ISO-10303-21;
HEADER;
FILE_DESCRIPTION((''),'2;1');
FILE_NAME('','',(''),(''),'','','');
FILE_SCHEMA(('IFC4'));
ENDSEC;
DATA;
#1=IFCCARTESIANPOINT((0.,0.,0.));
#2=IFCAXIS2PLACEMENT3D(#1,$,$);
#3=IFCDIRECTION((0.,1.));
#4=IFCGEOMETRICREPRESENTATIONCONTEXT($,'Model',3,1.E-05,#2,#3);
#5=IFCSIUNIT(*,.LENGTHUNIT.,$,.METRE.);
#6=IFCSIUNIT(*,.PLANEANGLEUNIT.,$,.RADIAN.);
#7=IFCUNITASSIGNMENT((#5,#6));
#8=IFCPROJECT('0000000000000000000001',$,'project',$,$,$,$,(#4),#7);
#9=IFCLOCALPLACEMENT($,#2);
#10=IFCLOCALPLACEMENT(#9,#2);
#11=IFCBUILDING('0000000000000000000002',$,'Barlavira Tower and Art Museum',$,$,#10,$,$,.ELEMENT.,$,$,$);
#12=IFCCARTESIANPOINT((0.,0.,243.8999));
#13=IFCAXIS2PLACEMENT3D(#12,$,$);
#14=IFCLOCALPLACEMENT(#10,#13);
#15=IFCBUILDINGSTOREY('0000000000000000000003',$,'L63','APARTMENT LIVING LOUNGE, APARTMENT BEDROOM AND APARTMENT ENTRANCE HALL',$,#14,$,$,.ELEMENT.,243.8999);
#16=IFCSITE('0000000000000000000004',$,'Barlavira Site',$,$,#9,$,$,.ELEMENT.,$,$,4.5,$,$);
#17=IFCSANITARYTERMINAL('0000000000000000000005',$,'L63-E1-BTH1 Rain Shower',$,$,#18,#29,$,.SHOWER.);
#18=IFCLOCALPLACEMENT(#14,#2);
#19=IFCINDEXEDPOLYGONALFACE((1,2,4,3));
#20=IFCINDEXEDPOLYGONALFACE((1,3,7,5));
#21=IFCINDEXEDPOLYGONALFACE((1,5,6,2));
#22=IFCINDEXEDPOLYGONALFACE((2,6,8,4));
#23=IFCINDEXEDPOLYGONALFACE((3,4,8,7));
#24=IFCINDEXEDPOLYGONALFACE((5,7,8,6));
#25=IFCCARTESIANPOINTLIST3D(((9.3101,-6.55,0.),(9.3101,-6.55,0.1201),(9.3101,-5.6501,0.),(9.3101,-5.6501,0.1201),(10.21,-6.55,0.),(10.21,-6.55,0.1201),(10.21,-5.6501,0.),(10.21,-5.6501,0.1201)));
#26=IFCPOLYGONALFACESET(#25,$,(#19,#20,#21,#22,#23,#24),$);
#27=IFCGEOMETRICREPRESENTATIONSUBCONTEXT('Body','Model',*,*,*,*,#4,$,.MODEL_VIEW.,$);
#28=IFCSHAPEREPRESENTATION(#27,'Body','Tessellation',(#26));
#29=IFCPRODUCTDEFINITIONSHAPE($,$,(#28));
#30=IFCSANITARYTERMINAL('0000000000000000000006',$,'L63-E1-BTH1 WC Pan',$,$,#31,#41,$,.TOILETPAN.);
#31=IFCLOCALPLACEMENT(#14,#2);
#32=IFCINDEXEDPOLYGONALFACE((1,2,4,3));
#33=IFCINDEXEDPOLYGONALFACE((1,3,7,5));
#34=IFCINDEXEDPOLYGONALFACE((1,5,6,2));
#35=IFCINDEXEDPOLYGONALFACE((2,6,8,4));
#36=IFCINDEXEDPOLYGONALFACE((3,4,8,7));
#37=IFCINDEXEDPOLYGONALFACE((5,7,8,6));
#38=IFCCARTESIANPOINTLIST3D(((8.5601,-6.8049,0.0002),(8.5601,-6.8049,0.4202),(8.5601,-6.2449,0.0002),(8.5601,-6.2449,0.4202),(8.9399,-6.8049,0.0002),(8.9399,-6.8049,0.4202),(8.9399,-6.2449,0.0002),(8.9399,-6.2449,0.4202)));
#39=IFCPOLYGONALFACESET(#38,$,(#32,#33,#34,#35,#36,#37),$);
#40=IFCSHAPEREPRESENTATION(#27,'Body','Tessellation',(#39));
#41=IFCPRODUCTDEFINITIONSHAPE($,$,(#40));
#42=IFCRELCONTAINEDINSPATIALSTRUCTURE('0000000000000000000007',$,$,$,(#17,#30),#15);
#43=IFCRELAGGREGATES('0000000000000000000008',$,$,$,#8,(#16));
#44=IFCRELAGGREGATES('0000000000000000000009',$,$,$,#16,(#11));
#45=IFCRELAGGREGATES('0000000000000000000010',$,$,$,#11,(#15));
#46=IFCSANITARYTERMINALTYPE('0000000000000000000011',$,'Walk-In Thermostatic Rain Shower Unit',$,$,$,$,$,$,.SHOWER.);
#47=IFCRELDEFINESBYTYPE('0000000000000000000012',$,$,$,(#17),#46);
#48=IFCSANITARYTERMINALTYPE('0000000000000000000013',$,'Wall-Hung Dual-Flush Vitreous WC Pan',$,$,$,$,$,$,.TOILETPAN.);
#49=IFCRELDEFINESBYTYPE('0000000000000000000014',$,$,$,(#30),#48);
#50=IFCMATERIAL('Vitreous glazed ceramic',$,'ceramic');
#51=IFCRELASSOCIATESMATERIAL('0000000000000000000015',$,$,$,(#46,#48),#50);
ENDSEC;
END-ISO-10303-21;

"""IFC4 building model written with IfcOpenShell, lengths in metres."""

from ifc_helpers import new_model, si_unit, direction, frame, origin, origin_2d, place, context, subcontext, project, spatial, rectangle, extrude, material, type_object, element, save


model = new_model("IFC4")

# Units and contexts
model_context = context("Model", 3, precision=1e-05, world=origin(), true_north=direction((0.0, 1.0)))
body_context = subcontext(model_context, "Body", "Model", "MODEL_VIEW")
ifc_project = project(units=[si_unit("LENGTHUNIT", "METRE"), si_unit("PLANEANGLEUNIT", "RADIAN")], contexts=[model_context])

# Site, building, storey
site_placement = place(None, origin())
site = spatial("IfcSite", under=ifc_project, at=site_placement, Name="Barlavira Site", CompositionType="ELEMENT", RefElevation=4.5)
building_placement = place(site_placement, origin())
building = spatial("IfcBuilding", under=site, at=building_placement, Name="Barlavira Tower and Art Museum", CompositionType="ELEMENT")
storey_placement = place(building_placement, frame((0.0, 0.0, 243.8999)))
storey = spatial("IfcBuildingStorey", under=building, at=storey_placement, Name="L63", Description="APARTMENT LIVING LOUNGE, APARTMENT BEDROOM AND APARTMENT ENTRANCE HALL", CompositionType="ELEMENT", Elevation=243.8999)

# Sanitary terminals
ifc_material_1 = material(Name="Vitreous glazed ceramic", Category="ceramic")
sanitary_terminal_type_1 = type_object("IfcSanitaryTerminalType", Name="Walk-In Thermostatic Rain Shower Unit", PredefinedType="SHOWER", material=ifc_material_1)
sanitary_terminal_1_placement = place(storey_placement, frame((9.76, -6.1001, 0.0), z_axis=(0.0, 0.0, 1.0), x_axis=(1.0, 0.0, 0.0)))
element("IfcSanitaryTerminal", 1, at=sanitary_terminal_1_placement, inside=storey, type_object=sanitary_terminal_type_1, Name="L63-E1-BTH1 Rain Shower", PredefinedType="SHOWER", context=body_context, shape_type="SweptSolid", body=[
    extrude(rectangle(XDim=0.8999, YDim=0.8999, at=origin_2d()), origin(), (0.0, 0.0, 1.0), 0.1201),
])
sanitary_terminal_type_2 = type_object("IfcSanitaryTerminalType", Name="Wall-Hung Dual-Flush Vitreous WC Pan", PredefinedType="TOILETPAN", material=ifc_material_1)
sanitary_terminal_2_placement = place(storey_placement, frame((8.75, -6.5249, 0.0002), z_axis=(0.0, 0.0, 1.0), x_axis=(1.0, 0.0, 0.0)))
element("IfcSanitaryTerminal", 2, at=sanitary_terminal_2_placement, inside=storey, type_object=sanitary_terminal_type_2, Name="L63-E1-BTH1 WC Pan", PredefinedType="TOILETPAN", context=body_context, shape_type="SweptSolid", body=[
    extrude(rectangle(XDim=0.3799, YDim=0.5601, at=origin_2d()), origin(), (0.0, 0.0, 1.0), 0.4199),
])

save(model, "model.ifc")
